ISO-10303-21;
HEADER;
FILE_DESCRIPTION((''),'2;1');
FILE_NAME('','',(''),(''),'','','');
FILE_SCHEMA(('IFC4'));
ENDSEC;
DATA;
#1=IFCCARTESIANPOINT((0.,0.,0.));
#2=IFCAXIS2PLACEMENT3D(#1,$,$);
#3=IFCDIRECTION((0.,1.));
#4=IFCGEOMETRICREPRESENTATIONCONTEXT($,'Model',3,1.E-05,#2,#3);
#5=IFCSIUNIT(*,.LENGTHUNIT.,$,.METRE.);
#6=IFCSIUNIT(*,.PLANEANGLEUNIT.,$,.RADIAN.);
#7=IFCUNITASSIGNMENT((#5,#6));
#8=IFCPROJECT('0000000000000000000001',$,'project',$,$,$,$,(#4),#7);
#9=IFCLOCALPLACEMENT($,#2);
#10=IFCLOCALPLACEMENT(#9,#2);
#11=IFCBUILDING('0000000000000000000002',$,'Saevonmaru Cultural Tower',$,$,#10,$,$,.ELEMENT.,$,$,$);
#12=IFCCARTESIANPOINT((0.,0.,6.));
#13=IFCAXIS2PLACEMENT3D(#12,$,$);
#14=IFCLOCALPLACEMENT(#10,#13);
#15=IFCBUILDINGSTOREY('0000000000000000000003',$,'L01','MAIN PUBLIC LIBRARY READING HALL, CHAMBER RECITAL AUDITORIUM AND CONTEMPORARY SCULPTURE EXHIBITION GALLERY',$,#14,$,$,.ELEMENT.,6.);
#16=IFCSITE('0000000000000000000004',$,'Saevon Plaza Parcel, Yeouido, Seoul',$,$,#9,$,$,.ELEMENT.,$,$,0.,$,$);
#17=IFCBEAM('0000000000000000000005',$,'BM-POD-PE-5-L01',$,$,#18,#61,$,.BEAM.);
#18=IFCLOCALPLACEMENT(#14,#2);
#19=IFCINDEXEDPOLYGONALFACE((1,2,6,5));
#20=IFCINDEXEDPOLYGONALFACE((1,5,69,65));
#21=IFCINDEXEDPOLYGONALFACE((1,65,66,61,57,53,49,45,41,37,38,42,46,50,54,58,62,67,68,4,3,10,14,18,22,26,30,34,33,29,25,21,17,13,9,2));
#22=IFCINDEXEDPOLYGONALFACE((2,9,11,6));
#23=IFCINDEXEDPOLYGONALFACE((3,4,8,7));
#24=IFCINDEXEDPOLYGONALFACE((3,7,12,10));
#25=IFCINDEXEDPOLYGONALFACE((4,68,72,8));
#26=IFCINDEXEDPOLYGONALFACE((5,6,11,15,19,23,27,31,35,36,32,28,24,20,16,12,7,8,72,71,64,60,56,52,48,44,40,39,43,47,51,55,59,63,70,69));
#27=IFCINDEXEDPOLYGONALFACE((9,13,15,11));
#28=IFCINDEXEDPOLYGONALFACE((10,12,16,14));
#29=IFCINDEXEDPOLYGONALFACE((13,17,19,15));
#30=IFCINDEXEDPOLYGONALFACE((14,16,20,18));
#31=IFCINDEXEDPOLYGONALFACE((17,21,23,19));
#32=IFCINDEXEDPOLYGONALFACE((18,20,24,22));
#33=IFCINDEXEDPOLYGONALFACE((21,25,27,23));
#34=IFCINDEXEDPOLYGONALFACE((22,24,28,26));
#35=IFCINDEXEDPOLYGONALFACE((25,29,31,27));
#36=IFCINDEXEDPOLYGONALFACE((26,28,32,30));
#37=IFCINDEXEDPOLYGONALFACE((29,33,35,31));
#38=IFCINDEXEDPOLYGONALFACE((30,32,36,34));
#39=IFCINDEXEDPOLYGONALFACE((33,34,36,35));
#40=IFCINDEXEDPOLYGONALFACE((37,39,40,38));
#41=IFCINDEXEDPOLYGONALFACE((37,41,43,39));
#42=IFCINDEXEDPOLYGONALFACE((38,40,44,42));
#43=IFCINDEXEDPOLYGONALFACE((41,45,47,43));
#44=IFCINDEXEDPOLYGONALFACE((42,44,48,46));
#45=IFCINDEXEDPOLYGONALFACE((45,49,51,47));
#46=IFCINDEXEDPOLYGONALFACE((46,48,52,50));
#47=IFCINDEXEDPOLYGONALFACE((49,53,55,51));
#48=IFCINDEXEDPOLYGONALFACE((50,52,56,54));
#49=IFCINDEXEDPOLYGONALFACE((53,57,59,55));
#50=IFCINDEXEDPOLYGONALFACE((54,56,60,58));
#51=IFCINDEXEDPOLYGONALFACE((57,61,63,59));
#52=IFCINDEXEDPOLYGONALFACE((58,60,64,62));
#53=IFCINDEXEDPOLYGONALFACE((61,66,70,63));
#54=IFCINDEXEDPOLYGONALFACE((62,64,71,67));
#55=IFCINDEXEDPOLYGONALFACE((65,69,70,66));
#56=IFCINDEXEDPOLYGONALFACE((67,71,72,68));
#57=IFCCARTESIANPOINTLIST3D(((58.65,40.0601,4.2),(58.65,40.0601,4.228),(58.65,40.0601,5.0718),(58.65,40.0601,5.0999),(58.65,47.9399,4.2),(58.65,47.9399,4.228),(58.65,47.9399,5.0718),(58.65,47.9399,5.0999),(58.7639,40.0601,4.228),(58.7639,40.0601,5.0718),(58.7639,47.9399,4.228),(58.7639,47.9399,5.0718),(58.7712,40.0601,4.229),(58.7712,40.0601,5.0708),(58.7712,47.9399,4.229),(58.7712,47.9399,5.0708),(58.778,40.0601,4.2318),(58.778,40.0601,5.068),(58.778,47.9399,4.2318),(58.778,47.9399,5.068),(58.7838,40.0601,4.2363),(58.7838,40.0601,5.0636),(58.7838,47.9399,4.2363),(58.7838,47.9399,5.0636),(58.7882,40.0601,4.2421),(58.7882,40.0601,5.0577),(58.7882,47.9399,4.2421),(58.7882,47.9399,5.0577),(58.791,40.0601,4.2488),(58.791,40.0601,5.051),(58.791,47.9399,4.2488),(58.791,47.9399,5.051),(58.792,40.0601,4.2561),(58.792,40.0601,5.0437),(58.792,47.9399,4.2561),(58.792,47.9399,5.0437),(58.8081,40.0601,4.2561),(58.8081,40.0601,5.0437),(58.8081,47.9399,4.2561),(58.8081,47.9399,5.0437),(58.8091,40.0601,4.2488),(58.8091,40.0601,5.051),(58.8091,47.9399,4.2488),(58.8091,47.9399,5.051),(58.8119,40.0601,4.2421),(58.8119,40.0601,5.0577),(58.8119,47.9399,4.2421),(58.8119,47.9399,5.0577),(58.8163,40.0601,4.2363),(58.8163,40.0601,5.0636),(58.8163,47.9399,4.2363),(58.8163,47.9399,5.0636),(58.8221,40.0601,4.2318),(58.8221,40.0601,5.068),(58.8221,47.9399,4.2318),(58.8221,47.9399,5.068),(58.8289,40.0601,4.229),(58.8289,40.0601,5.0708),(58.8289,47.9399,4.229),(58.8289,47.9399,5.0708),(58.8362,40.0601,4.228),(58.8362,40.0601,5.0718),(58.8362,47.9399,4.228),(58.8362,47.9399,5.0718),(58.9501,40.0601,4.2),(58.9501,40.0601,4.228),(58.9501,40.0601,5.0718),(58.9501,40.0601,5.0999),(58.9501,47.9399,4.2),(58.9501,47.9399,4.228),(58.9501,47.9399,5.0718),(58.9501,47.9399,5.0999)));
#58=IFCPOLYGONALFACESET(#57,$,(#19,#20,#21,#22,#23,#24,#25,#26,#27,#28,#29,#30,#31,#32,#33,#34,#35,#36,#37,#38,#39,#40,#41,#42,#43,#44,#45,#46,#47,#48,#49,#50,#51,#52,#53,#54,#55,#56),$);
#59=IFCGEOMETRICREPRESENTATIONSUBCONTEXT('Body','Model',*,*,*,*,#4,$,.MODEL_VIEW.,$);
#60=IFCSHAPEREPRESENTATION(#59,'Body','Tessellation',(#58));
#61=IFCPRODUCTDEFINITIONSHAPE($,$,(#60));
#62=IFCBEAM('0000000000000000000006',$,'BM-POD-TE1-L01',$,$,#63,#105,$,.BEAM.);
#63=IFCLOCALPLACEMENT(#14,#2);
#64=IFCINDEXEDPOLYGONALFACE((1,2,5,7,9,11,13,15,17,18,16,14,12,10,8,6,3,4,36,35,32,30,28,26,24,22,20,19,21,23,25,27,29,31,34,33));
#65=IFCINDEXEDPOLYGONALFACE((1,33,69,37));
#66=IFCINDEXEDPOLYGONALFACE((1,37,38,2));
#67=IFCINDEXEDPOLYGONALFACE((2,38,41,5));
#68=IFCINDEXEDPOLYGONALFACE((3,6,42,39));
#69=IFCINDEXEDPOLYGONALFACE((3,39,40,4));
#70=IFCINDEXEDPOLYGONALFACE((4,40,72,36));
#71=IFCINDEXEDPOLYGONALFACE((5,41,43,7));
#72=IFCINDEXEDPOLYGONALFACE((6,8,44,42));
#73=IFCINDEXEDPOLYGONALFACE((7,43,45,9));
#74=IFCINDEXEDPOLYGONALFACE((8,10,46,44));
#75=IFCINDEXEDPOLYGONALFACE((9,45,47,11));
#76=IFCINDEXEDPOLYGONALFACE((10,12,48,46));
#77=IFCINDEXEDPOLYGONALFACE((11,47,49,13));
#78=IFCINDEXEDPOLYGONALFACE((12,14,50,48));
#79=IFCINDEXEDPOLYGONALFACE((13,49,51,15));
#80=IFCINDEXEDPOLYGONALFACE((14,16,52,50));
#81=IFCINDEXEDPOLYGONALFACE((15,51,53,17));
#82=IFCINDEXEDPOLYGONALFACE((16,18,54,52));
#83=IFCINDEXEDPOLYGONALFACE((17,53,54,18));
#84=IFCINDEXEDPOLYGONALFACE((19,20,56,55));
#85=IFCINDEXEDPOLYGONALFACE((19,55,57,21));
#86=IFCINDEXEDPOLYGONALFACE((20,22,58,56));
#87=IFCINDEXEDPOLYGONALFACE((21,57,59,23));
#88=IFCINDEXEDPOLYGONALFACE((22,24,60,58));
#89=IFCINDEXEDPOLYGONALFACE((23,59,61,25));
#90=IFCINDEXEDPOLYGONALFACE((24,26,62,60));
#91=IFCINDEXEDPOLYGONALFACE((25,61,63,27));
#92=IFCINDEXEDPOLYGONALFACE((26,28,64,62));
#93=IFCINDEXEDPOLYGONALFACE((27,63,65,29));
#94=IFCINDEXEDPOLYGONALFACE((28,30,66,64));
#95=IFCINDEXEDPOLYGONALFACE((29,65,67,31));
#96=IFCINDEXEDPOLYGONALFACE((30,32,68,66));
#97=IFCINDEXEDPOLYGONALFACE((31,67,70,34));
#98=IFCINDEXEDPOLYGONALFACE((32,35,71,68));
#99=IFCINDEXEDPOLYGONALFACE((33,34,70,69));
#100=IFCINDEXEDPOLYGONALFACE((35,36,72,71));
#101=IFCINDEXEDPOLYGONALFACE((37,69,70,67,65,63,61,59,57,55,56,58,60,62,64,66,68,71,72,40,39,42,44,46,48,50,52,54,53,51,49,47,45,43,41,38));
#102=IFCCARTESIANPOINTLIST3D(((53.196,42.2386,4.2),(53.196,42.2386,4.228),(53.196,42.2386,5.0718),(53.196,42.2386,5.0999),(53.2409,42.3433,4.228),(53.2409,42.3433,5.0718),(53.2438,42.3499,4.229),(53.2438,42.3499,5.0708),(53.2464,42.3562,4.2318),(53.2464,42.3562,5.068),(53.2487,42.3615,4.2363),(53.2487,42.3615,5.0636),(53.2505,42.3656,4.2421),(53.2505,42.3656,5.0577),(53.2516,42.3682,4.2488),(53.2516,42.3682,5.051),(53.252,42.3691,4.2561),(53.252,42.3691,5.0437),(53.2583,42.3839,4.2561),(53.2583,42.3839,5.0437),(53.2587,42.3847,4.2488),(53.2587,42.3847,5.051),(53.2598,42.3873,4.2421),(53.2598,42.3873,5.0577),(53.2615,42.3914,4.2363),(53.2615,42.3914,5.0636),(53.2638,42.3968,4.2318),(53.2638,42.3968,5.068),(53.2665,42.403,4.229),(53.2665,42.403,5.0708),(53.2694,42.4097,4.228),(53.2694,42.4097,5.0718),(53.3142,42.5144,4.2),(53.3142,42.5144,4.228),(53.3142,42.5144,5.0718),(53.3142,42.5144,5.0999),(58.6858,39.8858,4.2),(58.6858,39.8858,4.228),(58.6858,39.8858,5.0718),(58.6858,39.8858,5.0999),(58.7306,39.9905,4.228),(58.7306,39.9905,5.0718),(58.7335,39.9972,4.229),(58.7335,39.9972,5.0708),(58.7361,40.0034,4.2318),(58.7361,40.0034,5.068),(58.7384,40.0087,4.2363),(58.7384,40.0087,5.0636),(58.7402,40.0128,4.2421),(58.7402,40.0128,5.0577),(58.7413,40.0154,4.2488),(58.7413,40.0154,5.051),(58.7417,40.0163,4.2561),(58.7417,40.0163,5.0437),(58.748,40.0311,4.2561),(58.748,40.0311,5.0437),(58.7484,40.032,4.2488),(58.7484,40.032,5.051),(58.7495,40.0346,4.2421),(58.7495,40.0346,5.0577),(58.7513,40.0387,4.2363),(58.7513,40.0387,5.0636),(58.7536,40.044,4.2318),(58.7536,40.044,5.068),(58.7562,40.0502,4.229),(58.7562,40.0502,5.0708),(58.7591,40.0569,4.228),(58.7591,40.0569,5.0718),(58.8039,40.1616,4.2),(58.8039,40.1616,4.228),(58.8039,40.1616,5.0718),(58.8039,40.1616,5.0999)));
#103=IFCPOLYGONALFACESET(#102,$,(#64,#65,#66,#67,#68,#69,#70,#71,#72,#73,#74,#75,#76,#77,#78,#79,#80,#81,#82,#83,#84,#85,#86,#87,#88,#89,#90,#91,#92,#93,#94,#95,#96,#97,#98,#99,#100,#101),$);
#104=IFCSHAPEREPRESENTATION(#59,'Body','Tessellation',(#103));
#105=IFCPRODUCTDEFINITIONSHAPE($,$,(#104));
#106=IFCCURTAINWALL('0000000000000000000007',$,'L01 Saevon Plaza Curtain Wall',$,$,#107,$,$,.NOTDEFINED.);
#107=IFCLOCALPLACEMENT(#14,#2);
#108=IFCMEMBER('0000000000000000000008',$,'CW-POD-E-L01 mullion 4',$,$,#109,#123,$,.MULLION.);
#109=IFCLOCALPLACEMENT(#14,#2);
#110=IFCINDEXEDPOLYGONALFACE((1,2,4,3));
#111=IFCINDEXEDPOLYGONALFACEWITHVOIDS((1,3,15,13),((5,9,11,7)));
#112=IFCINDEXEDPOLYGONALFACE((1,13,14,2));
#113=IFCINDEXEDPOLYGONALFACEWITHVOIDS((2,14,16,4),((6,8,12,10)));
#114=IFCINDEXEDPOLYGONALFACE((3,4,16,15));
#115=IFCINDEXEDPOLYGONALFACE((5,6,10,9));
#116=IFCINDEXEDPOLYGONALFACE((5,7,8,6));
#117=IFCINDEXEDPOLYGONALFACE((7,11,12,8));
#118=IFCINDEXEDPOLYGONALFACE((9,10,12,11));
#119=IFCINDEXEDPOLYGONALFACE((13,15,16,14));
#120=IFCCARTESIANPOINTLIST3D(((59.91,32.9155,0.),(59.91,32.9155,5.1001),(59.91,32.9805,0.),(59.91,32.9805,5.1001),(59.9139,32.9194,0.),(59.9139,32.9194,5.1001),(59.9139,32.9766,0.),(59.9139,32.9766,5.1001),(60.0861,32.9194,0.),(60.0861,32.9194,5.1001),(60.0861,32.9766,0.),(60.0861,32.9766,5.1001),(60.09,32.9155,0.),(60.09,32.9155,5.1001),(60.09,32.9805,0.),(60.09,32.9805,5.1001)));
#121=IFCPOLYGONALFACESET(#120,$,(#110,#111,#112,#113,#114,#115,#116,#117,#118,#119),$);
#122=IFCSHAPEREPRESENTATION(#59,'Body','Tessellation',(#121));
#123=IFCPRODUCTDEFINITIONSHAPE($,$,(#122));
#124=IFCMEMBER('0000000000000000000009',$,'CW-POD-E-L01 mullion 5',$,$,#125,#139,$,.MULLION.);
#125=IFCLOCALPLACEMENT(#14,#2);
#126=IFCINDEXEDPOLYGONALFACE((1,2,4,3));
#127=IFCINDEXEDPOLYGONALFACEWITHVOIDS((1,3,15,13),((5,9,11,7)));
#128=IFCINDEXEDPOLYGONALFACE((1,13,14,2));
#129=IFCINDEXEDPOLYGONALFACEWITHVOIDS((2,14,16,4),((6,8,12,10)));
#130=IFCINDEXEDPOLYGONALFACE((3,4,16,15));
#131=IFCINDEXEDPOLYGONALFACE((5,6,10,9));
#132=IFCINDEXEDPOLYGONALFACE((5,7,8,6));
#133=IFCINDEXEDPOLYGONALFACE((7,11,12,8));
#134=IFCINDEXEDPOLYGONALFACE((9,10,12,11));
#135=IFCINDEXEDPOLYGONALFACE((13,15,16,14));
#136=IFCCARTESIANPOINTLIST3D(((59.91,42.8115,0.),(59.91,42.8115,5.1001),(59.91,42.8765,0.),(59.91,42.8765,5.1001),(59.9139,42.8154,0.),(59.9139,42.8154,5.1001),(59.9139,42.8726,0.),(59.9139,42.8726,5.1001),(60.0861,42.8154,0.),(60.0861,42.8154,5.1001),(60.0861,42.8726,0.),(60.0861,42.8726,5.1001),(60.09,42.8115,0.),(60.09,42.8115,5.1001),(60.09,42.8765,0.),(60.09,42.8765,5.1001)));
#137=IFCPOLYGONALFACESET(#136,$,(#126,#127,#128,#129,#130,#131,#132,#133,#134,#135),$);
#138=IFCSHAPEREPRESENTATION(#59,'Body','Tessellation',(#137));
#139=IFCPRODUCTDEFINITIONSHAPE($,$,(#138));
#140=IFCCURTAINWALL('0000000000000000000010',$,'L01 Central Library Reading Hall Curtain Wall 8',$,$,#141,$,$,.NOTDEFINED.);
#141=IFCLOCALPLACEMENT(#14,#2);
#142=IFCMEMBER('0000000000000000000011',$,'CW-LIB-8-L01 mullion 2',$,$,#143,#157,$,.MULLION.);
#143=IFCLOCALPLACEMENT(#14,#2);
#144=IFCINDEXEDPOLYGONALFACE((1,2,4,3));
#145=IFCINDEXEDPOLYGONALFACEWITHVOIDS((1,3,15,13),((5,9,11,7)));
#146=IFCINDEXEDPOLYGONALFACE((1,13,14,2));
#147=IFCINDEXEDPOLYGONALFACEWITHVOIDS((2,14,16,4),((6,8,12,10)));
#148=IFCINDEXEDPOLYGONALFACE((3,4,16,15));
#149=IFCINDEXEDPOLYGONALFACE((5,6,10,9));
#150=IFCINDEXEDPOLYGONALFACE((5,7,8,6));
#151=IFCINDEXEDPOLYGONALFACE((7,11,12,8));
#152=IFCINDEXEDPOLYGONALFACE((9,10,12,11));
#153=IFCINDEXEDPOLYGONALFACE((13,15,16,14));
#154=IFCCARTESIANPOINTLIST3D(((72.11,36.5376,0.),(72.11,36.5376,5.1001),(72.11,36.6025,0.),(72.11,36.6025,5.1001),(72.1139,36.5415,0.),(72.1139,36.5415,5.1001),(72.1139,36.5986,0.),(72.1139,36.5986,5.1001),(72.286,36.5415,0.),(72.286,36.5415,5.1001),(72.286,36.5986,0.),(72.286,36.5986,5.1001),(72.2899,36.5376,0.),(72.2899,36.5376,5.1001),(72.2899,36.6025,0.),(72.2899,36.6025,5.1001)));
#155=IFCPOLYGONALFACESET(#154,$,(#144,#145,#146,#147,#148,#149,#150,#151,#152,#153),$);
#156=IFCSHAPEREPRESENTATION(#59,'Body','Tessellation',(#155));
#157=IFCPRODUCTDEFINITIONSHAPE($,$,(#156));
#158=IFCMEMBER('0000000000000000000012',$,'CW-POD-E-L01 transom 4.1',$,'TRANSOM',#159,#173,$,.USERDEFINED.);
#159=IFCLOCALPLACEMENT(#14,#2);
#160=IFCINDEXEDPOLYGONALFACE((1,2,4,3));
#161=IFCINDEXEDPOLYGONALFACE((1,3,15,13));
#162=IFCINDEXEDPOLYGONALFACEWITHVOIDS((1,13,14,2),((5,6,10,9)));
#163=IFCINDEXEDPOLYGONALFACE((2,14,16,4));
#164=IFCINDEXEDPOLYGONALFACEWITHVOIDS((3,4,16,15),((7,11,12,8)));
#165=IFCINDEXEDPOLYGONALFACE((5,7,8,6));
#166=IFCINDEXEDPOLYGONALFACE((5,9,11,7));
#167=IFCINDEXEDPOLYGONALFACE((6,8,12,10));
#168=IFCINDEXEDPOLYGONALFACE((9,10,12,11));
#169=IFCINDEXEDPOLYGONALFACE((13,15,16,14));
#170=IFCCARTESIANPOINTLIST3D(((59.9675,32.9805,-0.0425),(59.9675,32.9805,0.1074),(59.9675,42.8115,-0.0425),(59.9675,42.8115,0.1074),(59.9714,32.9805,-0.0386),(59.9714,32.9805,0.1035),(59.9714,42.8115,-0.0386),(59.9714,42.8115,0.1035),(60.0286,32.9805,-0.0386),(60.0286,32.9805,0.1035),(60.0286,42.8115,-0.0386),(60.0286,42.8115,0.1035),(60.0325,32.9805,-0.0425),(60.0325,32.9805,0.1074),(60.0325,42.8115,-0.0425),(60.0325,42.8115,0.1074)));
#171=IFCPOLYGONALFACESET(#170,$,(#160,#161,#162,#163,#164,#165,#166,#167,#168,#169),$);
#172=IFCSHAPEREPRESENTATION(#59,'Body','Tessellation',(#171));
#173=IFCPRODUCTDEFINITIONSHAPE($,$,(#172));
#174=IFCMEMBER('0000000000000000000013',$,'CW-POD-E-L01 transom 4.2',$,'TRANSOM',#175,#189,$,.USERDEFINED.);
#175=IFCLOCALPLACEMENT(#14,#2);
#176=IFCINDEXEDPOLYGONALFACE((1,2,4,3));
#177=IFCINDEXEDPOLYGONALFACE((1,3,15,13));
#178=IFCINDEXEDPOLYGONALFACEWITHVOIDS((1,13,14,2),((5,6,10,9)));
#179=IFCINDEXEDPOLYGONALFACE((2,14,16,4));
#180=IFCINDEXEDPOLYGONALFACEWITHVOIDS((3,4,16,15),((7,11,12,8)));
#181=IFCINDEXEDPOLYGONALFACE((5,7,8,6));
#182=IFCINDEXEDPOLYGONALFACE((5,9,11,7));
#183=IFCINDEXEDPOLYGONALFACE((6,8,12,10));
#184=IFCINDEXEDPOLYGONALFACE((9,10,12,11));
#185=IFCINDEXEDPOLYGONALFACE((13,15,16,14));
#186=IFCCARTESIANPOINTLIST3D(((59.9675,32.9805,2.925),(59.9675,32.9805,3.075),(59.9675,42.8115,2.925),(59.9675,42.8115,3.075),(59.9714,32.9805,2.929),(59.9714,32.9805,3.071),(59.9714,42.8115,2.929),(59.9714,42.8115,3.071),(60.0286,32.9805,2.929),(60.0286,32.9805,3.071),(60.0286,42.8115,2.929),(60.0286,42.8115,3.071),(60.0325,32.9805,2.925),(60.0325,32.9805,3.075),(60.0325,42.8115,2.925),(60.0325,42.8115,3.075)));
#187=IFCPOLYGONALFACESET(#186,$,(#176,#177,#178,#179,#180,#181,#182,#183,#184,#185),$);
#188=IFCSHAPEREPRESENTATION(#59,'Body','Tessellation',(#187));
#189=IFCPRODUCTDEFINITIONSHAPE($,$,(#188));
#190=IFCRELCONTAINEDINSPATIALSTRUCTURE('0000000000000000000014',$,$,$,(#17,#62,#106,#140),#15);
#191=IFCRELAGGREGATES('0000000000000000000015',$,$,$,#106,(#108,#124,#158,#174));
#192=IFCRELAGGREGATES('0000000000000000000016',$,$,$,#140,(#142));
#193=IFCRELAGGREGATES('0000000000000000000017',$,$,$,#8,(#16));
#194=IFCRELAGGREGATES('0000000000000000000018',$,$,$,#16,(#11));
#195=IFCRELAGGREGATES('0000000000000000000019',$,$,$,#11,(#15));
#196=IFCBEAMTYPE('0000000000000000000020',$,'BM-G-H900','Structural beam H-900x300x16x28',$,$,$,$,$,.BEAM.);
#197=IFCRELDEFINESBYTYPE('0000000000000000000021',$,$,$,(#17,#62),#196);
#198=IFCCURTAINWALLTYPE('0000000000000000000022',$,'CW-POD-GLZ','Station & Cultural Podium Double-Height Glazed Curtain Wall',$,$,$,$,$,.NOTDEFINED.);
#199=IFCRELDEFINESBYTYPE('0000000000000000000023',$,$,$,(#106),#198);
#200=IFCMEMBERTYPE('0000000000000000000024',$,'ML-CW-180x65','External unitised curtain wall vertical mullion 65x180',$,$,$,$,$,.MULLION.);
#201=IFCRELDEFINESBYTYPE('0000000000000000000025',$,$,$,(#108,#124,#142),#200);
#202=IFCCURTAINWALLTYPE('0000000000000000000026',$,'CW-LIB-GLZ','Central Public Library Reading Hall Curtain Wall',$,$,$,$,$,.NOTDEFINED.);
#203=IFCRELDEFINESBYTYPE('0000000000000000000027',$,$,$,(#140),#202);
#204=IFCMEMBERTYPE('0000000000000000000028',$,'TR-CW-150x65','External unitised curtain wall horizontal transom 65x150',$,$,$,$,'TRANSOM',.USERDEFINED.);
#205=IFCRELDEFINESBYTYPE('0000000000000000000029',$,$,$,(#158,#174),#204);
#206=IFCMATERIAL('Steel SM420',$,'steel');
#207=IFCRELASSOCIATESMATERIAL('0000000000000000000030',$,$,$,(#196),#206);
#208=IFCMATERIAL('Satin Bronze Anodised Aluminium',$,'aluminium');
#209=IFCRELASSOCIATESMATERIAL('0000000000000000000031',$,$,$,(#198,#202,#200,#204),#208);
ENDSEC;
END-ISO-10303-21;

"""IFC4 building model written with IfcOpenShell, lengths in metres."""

from ifc_helpers import new_model, si_unit, direction, frame, origin, origin_2d, place, context, subcontext, project, spatial, hollow_rectangle, i_section, extrude, material, material_profile, profile_set, type_object, element, aggregate, save


model = new_model("IFC4")

# Units and contexts
model_context = context("Model", 3, precision=1e-05, world=origin(), true_north=direction((0.0, 1.0)))
body_context = subcontext(model_context, "Body", "Model", "MODEL_VIEW")
ifc_project = project(units=[si_unit("LENGTHUNIT", "METRE"), si_unit("PLANEANGLEUNIT", "RADIAN")], contexts=[model_context])

# Site, building, storey
site_placement = place(None, origin())
site = spatial("IfcSite", under=ifc_project, at=site_placement, Name="Saevon Plaza Parcel, Yeouido, Seoul", CompositionType="ELEMENT", RefElevation=0.0)
building_placement = place(site_placement, origin())
building = spatial("IfcBuilding", under=site, at=building_placement, Name="Saevonmaru Cultural Tower", CompositionType="ELEMENT")
storey_placement = place(building_placement, frame((0.0, 0.0, 6.0)))
storey = spatial("IfcBuildingStorey", under=building, at=storey_placement, Name="L01", Description="MAIN PUBLIC LIBRARY READING HALL, CHAMBER RECITAL AUDITORIUM AND CONTEMPORARY SCULPTURE EXHIBITION GALLERY", CompositionType="ELEMENT", Elevation=6.0)

# Shared definitions
ifc_material_1 = material(Name="Steel SM420", Category="steel")

# Beams
ifc_material_profile_1 = material_profile(ifc_material_1, i_section(OverallWidth=0.3, OverallDepth=0.8999, WebThickness=0.0161, FlangeThickness=0.0281, FilletRadius=0.0281, at=origin_2d()), Name="H-900x300x16x28")
ifc_profile_set_1 = profile_set([ifc_material_profile_1], Name="Steel SM420")
beam_type = type_object("IfcBeamType", Name="BM-G-H900", Description="Structural beam H-900x300x16x28", PredefinedType="BEAM", material=ifc_profile_set_1)
for number, where, z_axis, x_axis, name in (
    (1, (58.8, 40.0601, 4.6499), (0.0, 1.0, 0.0), (-1.0, 0.0, 0.0), "BM-POD-PE-5-L01"),
):
    element("IfcBeam", number, at=place(storey_placement, frame(where, z_axis=z_axis, x_axis=x_axis)), inside=storey, type_object=beam_type, Name=name, PredefinedType="BEAM", context=body_context, shape_type="SweptSolid", body=[
        extrude(i_section(OverallWidth=0.3, OverallDepth=0.8999, WebThickness=0.0161, FlangeThickness=0.0281, FilletRadius=0.0281, at=origin_2d()), origin(), (0.0, 0.0, 1.0), 7.8799),
    ])
beam_placement = place(storey_placement, frame((53.2551, 42.3765, 4.6499), z_axis=(0.919143, -0.393924, 0.0), x_axis=(0.393924, 0.919143, 0.0)))
element("IfcBeam", 2, at=beam_placement, inside=storey, type_object=beam_type, Name="BM-POD-TE1-L01", PredefinedType="BEAM", context=body_context, shape_type="SweptSolid", body=[
    extrude(i_section(OverallWidth=0.3, OverallDepth=0.8999, WebThickness=0.0161, FlangeThickness=0.0281, FilletRadius=0.0281, at=origin_2d()), origin(), (0.0, 0.0, 1.0), 5.9727),
])

# Curtain wall, members
ifc_material_2 = material(Name="Satin Bronze Anodised Aluminium", Category="aluminium")
curtain_wall_type_1 = type_object("IfcCurtainWallType", Name="CW-POD-GLZ", Description="Station & Cultural Podium Double-Height Glazed Curtain Wall", PredefinedType="NOTDEFINED", material=ifc_material_2)
curtain_wall_1_placement = place(storey_placement, origin())
curtain_wall_1 = element("IfcCurtainWall", 3, at=curtain_wall_1_placement, inside=storey, type_object=curtain_wall_type_1, Name="L01 Saevon Plaza Curtain Wall", PredefinedType="NOTDEFINED")
ifc_material_profile_2 = material_profile(ifc_material_2, hollow_rectangle(XDim=0.0649, YDim=0.1799, WallThickness=0.0039, at=origin_2d()), Name="ALU-MULL-180x65x4")
ifc_profile_set_2 = profile_set([ifc_material_profile_2], Name="Satin Bronze Anodised Aluminium")
member_type_1 = type_object("IfcMemberType", Name="ML-CW-180x65", Description="External unitised curtain wall vertical mullion 65x180", PredefinedType="MULLION", material=ifc_profile_set_2)
member_1_placement = place(storey_placement, frame((60.0, 32.948, 0.0), z_axis=(0.0, 0.0, 1.0), x_axis=(0.0, 1.0, 0.0)))
member_1 = element("IfcMember", 4, at=member_1_placement, type_object=member_type_1, Name="CW-POD-E-L01 mullion 4", PredefinedType="MULLION", context=body_context, shape_type="SweptSolid", body=[
    extrude(hollow_rectangle(XDim=0.0649, YDim=0.1799, WallThickness=0.0039, at=origin_2d()), origin(), (0.0, 0.0, 1.0), 5.1001),
])
member_2_placement = place(storey_placement, frame((60.0, 42.844, 0.0), z_axis=(0.0, 0.0, 1.0), x_axis=(0.0, 1.0, 0.0)))
member_2 = element("IfcMember", 5, at=member_2_placement, type_object=member_type_1, Name="CW-POD-E-L01 mullion 5", PredefinedType="MULLION", context=body_context, shape_type="SweptSolid", body=[
    extrude(hollow_rectangle(XDim=0.0649, YDim=0.1799, WallThickness=0.0039, at=origin_2d()), origin(), (0.0, 0.0, 1.0), 5.1001),
])

# Curtain wall, member
curtain_wall_type_2 = type_object("IfcCurtainWallType", Name="CW-LIB-GLZ", Description="Central Public Library Reading Hall Curtain Wall", PredefinedType="NOTDEFINED", material=ifc_material_2)
curtain_wall_2_placement = place(storey_placement, origin())
curtain_wall_2 = element("IfcCurtainWall", 6, at=curtain_wall_2_placement, inside=storey, type_object=curtain_wall_type_2, Name="L01 Central Library Reading Hall Curtain Wall 8", PredefinedType="NOTDEFINED")
member_3_placement = place(storey_placement, frame((72.2, 36.5701, 0.0), z_axis=(0.0, 0.0, 1.0), x_axis=(0.0, -1.0, 0.0)))
member_3 = element("IfcMember", 7, at=member_3_placement, type_object=member_type_1, Name="CW-LIB-8-L01 mullion 2", PredefinedType="MULLION", context=body_context, shape_type="SweptSolid", body=[
    extrude(hollow_rectangle(XDim=0.0649, YDim=0.1799, WallThickness=0.0039, at=origin_2d()), origin(), (0.0, 0.0, 1.0), 5.1001),
])

# Members
ifc_material_profile_3 = material_profile(ifc_material_2, hollow_rectangle(XDim=0.0649, YDim=0.1499, WallThickness=0.0039, at=origin_2d()), Name="ALU-TRAN-150x65x4")
ifc_profile_set_3 = profile_set([ifc_material_profile_3], Name="Satin Bronze Anodised Aluminium")
member_type_2 = type_object("IfcMemberType", Name="TR-CW-150x65", Description="External unitised curtain wall horizontal transom 65x150", ElementType="TRANSOM", PredefinedType="USERDEFINED", material=ifc_profile_set_3)
member_4_placement = place(storey_placement, frame((60.0, 32.9805, 0.0325), z_axis=(0.0, 1.0, 0.0), x_axis=(-1.0, 0.0, 0.0)))
member_4 = element("IfcMember", 8, at=member_4_placement, type_object=member_type_2, Name="CW-POD-E-L01 transom 4.1", ObjectType="TRANSOM", PredefinedType="USERDEFINED", context=body_context, shape_type="SweptSolid", body=[
    extrude(hollow_rectangle(XDim=0.0649, YDim=0.1499, WallThickness=0.0039, at=origin_2d()), origin(), (0.0, 0.0, 1.0), 9.8311),
])
member_5_placement = place(storey_placement, frame((60.0, 32.9805, 3.0), z_axis=(0.0, 1.0, 0.0), x_axis=(-1.0, 0.0, 0.0)))
member_5 = element("IfcMember", 9, at=member_5_placement, type_object=member_type_2, Name="CW-POD-E-L01 transom 4.2", ObjectType="TRANSOM", PredefinedType="USERDEFINED", context=body_context, shape_type="SweptSolid", body=[
    extrude(hollow_rectangle(XDim=0.0649, YDim=0.1499, WallThickness=0.0039, at=origin_2d()), origin(), (0.0, 0.0, 1.0), 9.8311),
])

aggregate(curtain_wall_1, [member_1, member_2, member_4, member_5])
aggregate(curtain_wall_2, [member_3])

save(model, "model.ifc")
